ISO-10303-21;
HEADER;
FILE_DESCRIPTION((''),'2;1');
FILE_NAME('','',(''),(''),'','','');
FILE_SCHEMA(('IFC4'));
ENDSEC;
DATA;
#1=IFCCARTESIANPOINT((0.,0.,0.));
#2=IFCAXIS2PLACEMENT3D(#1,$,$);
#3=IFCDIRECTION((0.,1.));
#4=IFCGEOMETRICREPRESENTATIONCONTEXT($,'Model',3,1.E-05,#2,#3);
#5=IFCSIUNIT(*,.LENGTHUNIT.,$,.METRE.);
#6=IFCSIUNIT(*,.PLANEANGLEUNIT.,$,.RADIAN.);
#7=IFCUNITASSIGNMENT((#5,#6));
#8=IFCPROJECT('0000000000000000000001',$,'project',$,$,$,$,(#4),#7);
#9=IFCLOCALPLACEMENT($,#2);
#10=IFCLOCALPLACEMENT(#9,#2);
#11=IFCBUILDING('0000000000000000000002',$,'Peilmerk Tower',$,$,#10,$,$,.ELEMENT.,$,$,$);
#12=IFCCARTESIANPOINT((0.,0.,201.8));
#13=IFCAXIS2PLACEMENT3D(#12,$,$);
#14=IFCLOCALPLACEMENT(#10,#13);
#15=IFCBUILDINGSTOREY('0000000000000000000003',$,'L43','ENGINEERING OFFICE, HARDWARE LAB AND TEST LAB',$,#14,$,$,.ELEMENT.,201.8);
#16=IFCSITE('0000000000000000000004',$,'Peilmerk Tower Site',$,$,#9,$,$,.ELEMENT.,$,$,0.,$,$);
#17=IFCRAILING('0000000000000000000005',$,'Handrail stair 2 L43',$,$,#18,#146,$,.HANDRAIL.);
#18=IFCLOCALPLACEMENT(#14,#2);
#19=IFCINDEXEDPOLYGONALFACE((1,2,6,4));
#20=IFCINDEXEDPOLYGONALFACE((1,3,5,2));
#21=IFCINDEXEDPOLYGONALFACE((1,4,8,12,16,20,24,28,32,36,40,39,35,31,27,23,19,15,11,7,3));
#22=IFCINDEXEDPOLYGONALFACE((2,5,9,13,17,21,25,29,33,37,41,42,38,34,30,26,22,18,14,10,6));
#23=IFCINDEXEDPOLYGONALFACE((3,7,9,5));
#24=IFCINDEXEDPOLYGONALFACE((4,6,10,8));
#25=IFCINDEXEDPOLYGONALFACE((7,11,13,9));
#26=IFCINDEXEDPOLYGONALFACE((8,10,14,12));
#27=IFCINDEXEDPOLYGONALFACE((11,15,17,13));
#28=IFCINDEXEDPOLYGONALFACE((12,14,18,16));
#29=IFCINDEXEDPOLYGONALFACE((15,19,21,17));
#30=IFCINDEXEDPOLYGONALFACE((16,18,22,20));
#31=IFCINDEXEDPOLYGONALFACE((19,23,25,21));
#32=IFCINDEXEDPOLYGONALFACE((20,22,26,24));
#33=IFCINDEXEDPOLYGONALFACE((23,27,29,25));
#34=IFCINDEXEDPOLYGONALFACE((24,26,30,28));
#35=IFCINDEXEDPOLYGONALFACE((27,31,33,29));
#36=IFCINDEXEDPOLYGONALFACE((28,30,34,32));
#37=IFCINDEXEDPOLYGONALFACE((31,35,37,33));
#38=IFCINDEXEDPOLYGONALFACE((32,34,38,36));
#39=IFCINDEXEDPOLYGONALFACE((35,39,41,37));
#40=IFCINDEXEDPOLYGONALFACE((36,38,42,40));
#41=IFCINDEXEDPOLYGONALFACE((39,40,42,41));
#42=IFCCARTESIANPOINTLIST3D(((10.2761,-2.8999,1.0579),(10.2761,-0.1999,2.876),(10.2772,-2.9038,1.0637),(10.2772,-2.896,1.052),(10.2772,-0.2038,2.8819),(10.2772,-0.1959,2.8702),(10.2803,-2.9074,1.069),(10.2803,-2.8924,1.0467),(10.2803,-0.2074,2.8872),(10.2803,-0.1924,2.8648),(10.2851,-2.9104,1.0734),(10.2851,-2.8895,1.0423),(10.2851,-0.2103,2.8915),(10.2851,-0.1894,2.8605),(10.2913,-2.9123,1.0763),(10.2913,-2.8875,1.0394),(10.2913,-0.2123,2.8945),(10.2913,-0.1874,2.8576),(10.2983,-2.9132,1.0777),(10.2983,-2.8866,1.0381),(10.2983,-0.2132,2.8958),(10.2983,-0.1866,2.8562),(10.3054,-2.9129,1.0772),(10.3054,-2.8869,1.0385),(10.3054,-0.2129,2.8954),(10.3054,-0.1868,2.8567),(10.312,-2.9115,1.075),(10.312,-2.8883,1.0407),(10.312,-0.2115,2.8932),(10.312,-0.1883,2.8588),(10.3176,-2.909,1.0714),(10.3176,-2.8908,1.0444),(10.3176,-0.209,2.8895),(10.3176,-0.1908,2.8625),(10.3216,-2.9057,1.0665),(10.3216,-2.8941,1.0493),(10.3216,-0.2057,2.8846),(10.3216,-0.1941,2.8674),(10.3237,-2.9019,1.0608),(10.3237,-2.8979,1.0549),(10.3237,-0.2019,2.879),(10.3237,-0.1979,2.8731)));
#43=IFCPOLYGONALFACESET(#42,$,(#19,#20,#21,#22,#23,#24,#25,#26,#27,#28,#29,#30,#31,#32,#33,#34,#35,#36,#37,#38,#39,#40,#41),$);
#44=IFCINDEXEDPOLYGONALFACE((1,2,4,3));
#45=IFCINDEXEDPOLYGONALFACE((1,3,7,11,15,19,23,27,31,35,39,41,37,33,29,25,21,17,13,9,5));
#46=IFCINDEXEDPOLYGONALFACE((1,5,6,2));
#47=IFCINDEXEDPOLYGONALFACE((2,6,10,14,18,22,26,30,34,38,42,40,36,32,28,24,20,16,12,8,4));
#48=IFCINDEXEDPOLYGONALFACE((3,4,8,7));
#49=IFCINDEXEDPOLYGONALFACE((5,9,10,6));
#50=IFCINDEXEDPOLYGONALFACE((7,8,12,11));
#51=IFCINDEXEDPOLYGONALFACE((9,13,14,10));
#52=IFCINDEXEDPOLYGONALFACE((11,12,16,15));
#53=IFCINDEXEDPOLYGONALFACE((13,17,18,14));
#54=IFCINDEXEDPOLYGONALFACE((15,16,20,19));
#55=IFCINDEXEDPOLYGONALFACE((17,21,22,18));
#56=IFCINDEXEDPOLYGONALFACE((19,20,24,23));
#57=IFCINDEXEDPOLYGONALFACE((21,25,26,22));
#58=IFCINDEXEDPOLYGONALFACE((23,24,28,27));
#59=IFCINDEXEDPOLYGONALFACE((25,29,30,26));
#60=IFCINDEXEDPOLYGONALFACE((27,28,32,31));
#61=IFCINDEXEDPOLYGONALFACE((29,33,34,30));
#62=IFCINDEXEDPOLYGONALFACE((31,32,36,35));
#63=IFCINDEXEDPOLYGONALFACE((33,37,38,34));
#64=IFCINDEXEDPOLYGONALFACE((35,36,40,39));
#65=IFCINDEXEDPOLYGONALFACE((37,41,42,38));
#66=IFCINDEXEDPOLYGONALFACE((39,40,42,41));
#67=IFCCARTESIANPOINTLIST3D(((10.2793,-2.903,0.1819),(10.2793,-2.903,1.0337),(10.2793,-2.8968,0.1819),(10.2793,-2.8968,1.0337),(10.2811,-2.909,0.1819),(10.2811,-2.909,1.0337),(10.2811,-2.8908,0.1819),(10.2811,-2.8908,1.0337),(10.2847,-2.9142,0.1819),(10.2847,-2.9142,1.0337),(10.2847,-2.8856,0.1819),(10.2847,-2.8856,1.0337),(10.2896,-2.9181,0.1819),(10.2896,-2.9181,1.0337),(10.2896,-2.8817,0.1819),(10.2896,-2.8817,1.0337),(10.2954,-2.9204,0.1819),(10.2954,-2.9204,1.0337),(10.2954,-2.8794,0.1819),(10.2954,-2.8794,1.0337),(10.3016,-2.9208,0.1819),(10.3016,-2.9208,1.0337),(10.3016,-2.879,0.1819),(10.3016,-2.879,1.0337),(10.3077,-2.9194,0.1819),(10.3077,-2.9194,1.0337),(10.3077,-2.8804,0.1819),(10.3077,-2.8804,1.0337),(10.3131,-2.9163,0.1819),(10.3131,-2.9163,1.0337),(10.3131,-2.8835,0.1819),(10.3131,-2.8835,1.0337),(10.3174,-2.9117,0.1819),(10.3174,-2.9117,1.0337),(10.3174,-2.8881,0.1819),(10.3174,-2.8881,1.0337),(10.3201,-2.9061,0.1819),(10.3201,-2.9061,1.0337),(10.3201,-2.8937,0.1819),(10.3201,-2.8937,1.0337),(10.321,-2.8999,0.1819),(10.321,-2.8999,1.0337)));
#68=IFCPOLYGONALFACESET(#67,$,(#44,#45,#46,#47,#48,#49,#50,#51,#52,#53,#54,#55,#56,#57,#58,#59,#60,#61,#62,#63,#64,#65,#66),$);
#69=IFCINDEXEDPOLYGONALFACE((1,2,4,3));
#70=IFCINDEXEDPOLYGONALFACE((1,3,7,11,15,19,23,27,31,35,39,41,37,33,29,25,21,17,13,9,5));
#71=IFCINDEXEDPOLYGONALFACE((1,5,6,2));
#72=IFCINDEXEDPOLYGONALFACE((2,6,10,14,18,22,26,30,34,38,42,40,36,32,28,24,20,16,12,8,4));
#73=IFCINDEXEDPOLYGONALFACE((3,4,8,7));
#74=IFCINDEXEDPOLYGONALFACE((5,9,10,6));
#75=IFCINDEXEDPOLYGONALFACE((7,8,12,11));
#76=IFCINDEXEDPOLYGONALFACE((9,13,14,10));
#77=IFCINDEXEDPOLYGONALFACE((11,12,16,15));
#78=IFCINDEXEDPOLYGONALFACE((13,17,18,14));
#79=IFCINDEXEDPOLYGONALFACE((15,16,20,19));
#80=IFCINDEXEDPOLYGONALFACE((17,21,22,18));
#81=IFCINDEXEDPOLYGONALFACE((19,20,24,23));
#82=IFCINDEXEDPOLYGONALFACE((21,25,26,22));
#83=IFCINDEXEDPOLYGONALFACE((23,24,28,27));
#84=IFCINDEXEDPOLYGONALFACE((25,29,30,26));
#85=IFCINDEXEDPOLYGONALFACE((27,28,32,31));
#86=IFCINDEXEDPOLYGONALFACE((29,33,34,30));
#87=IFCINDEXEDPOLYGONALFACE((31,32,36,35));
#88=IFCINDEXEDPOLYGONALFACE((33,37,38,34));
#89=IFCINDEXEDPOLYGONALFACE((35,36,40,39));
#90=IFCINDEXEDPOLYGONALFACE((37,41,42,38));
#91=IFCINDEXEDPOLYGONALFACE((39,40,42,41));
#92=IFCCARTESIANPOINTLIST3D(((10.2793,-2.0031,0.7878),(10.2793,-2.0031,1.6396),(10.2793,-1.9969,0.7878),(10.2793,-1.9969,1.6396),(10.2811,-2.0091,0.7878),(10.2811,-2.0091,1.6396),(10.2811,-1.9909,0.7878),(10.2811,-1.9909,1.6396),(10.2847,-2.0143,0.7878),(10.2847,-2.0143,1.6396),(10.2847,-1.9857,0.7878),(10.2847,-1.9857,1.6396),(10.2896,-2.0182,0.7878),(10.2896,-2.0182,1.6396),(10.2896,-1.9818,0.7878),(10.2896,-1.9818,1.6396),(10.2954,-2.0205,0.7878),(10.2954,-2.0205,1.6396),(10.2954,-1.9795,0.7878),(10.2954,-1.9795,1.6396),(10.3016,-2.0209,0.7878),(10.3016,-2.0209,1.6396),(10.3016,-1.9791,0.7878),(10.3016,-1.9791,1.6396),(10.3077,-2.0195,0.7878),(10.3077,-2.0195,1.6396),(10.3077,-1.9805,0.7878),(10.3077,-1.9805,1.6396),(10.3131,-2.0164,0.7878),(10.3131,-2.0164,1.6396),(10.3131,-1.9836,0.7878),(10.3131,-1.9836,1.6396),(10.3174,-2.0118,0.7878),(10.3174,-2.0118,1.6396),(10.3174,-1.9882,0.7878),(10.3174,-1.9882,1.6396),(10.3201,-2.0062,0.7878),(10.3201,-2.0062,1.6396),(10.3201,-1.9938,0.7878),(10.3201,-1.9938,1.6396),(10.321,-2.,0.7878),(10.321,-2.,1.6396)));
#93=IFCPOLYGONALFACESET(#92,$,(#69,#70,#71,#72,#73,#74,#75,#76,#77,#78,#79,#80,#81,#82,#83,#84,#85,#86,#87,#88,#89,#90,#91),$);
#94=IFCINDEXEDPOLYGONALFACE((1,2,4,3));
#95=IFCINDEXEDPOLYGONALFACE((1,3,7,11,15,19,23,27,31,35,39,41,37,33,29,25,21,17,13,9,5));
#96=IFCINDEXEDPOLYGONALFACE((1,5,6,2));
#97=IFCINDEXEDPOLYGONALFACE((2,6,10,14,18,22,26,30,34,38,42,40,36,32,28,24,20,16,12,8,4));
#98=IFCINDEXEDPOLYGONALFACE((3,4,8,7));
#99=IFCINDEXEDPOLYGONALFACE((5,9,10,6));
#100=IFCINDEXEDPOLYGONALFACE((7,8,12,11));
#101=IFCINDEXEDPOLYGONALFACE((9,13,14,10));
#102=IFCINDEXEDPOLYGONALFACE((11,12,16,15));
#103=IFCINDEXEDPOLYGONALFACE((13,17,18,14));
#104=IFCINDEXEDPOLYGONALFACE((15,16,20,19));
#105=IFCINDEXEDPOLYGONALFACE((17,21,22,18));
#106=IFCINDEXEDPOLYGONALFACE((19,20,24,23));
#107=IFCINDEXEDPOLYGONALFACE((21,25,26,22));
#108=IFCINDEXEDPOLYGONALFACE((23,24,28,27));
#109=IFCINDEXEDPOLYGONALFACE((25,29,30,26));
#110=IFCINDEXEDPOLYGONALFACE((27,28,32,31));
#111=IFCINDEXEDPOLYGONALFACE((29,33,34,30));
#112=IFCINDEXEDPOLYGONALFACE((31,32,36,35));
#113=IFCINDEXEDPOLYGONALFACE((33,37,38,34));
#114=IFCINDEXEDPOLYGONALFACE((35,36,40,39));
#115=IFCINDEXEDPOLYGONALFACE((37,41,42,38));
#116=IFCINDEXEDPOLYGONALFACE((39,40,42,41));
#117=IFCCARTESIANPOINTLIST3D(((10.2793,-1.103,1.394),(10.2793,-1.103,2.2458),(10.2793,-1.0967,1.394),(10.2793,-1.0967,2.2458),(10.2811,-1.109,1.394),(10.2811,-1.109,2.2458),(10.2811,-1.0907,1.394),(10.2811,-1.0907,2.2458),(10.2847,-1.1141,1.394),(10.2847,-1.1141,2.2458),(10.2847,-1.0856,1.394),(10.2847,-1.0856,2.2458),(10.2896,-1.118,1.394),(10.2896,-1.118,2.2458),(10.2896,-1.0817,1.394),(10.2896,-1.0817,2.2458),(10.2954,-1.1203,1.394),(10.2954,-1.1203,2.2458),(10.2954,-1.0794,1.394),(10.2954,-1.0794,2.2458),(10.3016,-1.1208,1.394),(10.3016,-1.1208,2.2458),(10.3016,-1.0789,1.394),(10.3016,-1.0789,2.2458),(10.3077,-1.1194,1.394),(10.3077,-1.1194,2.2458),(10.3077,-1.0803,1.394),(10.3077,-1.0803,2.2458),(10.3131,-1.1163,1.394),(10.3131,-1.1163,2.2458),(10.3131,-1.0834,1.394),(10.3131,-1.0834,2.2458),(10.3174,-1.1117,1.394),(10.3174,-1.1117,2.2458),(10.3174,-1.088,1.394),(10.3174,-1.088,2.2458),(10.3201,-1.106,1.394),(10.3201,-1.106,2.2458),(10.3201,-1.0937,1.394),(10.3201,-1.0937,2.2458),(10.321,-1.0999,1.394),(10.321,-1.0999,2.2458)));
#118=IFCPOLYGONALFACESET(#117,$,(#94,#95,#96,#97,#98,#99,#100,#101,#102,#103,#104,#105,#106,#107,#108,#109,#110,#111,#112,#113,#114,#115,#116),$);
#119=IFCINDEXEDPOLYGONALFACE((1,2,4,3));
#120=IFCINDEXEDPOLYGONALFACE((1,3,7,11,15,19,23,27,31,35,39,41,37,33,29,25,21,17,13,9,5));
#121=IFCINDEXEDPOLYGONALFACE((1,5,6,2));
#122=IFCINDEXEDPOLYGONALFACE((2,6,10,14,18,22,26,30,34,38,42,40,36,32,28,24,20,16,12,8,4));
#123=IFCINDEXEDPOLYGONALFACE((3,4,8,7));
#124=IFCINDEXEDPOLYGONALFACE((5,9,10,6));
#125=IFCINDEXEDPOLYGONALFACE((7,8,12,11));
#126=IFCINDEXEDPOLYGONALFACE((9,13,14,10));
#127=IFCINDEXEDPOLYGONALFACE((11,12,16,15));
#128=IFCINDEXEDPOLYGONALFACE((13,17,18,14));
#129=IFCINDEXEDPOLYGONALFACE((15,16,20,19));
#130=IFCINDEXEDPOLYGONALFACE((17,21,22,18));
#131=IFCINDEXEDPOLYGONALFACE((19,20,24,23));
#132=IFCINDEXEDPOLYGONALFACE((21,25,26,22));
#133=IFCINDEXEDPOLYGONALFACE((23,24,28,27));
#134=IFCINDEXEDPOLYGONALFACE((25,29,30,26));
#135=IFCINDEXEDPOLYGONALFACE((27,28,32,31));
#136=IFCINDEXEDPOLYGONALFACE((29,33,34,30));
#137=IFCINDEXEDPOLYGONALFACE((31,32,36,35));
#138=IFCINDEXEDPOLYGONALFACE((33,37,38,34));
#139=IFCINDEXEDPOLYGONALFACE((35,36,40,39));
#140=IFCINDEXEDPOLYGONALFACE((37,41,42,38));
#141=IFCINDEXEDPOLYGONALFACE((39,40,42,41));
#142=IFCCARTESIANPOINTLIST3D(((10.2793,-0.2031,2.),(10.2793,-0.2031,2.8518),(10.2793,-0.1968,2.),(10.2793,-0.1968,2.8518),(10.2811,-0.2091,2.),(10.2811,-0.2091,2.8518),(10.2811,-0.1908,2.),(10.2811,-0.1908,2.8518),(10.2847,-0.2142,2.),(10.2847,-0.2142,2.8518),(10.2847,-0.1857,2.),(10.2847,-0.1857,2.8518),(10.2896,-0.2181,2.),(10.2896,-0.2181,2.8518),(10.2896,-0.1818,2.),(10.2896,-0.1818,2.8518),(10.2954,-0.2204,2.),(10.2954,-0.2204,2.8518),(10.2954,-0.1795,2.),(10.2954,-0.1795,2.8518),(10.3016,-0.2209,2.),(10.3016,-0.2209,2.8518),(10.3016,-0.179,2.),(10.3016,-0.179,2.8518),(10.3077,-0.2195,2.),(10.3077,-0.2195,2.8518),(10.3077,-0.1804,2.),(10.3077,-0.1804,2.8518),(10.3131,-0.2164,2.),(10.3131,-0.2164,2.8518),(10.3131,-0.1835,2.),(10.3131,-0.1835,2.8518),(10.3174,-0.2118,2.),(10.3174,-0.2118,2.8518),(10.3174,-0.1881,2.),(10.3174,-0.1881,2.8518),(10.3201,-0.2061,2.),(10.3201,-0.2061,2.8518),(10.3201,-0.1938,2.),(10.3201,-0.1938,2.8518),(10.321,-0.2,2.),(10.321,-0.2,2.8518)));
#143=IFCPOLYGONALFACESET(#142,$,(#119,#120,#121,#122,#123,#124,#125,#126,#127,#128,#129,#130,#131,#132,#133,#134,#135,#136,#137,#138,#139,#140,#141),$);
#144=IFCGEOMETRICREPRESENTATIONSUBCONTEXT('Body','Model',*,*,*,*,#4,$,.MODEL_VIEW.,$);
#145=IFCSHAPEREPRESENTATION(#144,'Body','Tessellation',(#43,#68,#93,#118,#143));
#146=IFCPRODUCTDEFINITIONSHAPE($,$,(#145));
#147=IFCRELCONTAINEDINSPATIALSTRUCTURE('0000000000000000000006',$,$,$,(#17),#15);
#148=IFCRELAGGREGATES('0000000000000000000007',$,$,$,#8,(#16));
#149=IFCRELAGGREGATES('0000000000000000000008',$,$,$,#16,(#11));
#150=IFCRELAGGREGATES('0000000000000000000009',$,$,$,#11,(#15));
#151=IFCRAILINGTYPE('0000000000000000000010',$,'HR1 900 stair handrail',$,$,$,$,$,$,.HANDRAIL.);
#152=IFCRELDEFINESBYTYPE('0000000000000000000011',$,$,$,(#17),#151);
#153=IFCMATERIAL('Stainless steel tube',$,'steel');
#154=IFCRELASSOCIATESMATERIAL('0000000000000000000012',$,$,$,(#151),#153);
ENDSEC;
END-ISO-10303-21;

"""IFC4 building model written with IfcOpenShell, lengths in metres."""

from ifc_helpers import new_model, si_unit, direction, frame, origin, origin_2d, place, context, subcontext, project, spatial, circle, extrude, material, type_object, element, save


model = new_model("IFC4")

# Units and contexts
model_context = context("Model", 3, precision=1e-05, world=origin(), true_north=direction((0.0, 1.0)))
body_context = subcontext(model_context, "Body", "Model", "MODEL_VIEW")
ifc_project = project(units=[si_unit("LENGTHUNIT", "METRE"), si_unit("PLANEANGLEUNIT", "RADIAN")], contexts=[model_context])

# Site, building, storey
site_placement = place(None, origin())
site = spatial("IfcSite", under=ifc_project, at=site_placement, Name="Peilmerk Tower Site", CompositionType="ELEMENT", RefElevation=0.0)
building_placement = place(site_placement, origin())
building = spatial("IfcBuilding", under=site, at=building_placement, Name="Peilmerk Tower", CompositionType="ELEMENT")
storey_placement = place(building_placement, frame((0.0, 0.0, 201.8)))
storey = spatial("IfcBuildingStorey", under=building, at=storey_placement, Name="L43", Description="ENGINEERING OFFICE, HARDWARE LAB AND TEST LAB", CompositionType="ELEMENT", Elevation=201.8)

# Railing
ifc_material_1 = material(Name="Stainless steel tube", Category="steel")
railing_type_1 = type_object("IfcRailingType", Name="HR1 900 stair handrail", PredefinedType="HANDRAIL", material=ifc_material_1)
railing_1_placement = place(storey_placement, frame((10.3, -2.8999, 0.1819)))
element("IfcRailing", 1, at=railing_1_placement, inside=storey, type_object=railing_type_1, Name="Handrail stair 2 L43", PredefinedType="HANDRAIL", context=body_context, shape_type="SweptSolid", body=[
    extrude(circle(Radius=0.0239, at=origin_2d()), frame((0.0, 0.0, 0.876), z_axis=(0.0, 0.829468, 0.558554), x_axis=(-1.0, 0.0, 0.0)), (0.0, 0.0, 1.0), 3.2551),
    extrude(circle(Radius=0.021, at=origin_2d()), origin(), (0.0, 0.0, 1.0), 0.8518),
    extrude(circle(Radius=0.021, at=origin_2d()), frame((0.0, 0.8999, 0.606)), (0.0, 0.0, 1.0), 0.8518),
    extrude(circle(Radius=0.021, at=origin_2d()), frame((0.0, 1.8, 1.2122)), (0.0, 0.0, 1.0), 0.8518),
    extrude(circle(Radius=0.021, at=origin_2d()), frame((0.0, 2.7, 1.8181)), (0.0, 0.0, 1.0), 0.8518),
])

save(model, "model.ifc")
